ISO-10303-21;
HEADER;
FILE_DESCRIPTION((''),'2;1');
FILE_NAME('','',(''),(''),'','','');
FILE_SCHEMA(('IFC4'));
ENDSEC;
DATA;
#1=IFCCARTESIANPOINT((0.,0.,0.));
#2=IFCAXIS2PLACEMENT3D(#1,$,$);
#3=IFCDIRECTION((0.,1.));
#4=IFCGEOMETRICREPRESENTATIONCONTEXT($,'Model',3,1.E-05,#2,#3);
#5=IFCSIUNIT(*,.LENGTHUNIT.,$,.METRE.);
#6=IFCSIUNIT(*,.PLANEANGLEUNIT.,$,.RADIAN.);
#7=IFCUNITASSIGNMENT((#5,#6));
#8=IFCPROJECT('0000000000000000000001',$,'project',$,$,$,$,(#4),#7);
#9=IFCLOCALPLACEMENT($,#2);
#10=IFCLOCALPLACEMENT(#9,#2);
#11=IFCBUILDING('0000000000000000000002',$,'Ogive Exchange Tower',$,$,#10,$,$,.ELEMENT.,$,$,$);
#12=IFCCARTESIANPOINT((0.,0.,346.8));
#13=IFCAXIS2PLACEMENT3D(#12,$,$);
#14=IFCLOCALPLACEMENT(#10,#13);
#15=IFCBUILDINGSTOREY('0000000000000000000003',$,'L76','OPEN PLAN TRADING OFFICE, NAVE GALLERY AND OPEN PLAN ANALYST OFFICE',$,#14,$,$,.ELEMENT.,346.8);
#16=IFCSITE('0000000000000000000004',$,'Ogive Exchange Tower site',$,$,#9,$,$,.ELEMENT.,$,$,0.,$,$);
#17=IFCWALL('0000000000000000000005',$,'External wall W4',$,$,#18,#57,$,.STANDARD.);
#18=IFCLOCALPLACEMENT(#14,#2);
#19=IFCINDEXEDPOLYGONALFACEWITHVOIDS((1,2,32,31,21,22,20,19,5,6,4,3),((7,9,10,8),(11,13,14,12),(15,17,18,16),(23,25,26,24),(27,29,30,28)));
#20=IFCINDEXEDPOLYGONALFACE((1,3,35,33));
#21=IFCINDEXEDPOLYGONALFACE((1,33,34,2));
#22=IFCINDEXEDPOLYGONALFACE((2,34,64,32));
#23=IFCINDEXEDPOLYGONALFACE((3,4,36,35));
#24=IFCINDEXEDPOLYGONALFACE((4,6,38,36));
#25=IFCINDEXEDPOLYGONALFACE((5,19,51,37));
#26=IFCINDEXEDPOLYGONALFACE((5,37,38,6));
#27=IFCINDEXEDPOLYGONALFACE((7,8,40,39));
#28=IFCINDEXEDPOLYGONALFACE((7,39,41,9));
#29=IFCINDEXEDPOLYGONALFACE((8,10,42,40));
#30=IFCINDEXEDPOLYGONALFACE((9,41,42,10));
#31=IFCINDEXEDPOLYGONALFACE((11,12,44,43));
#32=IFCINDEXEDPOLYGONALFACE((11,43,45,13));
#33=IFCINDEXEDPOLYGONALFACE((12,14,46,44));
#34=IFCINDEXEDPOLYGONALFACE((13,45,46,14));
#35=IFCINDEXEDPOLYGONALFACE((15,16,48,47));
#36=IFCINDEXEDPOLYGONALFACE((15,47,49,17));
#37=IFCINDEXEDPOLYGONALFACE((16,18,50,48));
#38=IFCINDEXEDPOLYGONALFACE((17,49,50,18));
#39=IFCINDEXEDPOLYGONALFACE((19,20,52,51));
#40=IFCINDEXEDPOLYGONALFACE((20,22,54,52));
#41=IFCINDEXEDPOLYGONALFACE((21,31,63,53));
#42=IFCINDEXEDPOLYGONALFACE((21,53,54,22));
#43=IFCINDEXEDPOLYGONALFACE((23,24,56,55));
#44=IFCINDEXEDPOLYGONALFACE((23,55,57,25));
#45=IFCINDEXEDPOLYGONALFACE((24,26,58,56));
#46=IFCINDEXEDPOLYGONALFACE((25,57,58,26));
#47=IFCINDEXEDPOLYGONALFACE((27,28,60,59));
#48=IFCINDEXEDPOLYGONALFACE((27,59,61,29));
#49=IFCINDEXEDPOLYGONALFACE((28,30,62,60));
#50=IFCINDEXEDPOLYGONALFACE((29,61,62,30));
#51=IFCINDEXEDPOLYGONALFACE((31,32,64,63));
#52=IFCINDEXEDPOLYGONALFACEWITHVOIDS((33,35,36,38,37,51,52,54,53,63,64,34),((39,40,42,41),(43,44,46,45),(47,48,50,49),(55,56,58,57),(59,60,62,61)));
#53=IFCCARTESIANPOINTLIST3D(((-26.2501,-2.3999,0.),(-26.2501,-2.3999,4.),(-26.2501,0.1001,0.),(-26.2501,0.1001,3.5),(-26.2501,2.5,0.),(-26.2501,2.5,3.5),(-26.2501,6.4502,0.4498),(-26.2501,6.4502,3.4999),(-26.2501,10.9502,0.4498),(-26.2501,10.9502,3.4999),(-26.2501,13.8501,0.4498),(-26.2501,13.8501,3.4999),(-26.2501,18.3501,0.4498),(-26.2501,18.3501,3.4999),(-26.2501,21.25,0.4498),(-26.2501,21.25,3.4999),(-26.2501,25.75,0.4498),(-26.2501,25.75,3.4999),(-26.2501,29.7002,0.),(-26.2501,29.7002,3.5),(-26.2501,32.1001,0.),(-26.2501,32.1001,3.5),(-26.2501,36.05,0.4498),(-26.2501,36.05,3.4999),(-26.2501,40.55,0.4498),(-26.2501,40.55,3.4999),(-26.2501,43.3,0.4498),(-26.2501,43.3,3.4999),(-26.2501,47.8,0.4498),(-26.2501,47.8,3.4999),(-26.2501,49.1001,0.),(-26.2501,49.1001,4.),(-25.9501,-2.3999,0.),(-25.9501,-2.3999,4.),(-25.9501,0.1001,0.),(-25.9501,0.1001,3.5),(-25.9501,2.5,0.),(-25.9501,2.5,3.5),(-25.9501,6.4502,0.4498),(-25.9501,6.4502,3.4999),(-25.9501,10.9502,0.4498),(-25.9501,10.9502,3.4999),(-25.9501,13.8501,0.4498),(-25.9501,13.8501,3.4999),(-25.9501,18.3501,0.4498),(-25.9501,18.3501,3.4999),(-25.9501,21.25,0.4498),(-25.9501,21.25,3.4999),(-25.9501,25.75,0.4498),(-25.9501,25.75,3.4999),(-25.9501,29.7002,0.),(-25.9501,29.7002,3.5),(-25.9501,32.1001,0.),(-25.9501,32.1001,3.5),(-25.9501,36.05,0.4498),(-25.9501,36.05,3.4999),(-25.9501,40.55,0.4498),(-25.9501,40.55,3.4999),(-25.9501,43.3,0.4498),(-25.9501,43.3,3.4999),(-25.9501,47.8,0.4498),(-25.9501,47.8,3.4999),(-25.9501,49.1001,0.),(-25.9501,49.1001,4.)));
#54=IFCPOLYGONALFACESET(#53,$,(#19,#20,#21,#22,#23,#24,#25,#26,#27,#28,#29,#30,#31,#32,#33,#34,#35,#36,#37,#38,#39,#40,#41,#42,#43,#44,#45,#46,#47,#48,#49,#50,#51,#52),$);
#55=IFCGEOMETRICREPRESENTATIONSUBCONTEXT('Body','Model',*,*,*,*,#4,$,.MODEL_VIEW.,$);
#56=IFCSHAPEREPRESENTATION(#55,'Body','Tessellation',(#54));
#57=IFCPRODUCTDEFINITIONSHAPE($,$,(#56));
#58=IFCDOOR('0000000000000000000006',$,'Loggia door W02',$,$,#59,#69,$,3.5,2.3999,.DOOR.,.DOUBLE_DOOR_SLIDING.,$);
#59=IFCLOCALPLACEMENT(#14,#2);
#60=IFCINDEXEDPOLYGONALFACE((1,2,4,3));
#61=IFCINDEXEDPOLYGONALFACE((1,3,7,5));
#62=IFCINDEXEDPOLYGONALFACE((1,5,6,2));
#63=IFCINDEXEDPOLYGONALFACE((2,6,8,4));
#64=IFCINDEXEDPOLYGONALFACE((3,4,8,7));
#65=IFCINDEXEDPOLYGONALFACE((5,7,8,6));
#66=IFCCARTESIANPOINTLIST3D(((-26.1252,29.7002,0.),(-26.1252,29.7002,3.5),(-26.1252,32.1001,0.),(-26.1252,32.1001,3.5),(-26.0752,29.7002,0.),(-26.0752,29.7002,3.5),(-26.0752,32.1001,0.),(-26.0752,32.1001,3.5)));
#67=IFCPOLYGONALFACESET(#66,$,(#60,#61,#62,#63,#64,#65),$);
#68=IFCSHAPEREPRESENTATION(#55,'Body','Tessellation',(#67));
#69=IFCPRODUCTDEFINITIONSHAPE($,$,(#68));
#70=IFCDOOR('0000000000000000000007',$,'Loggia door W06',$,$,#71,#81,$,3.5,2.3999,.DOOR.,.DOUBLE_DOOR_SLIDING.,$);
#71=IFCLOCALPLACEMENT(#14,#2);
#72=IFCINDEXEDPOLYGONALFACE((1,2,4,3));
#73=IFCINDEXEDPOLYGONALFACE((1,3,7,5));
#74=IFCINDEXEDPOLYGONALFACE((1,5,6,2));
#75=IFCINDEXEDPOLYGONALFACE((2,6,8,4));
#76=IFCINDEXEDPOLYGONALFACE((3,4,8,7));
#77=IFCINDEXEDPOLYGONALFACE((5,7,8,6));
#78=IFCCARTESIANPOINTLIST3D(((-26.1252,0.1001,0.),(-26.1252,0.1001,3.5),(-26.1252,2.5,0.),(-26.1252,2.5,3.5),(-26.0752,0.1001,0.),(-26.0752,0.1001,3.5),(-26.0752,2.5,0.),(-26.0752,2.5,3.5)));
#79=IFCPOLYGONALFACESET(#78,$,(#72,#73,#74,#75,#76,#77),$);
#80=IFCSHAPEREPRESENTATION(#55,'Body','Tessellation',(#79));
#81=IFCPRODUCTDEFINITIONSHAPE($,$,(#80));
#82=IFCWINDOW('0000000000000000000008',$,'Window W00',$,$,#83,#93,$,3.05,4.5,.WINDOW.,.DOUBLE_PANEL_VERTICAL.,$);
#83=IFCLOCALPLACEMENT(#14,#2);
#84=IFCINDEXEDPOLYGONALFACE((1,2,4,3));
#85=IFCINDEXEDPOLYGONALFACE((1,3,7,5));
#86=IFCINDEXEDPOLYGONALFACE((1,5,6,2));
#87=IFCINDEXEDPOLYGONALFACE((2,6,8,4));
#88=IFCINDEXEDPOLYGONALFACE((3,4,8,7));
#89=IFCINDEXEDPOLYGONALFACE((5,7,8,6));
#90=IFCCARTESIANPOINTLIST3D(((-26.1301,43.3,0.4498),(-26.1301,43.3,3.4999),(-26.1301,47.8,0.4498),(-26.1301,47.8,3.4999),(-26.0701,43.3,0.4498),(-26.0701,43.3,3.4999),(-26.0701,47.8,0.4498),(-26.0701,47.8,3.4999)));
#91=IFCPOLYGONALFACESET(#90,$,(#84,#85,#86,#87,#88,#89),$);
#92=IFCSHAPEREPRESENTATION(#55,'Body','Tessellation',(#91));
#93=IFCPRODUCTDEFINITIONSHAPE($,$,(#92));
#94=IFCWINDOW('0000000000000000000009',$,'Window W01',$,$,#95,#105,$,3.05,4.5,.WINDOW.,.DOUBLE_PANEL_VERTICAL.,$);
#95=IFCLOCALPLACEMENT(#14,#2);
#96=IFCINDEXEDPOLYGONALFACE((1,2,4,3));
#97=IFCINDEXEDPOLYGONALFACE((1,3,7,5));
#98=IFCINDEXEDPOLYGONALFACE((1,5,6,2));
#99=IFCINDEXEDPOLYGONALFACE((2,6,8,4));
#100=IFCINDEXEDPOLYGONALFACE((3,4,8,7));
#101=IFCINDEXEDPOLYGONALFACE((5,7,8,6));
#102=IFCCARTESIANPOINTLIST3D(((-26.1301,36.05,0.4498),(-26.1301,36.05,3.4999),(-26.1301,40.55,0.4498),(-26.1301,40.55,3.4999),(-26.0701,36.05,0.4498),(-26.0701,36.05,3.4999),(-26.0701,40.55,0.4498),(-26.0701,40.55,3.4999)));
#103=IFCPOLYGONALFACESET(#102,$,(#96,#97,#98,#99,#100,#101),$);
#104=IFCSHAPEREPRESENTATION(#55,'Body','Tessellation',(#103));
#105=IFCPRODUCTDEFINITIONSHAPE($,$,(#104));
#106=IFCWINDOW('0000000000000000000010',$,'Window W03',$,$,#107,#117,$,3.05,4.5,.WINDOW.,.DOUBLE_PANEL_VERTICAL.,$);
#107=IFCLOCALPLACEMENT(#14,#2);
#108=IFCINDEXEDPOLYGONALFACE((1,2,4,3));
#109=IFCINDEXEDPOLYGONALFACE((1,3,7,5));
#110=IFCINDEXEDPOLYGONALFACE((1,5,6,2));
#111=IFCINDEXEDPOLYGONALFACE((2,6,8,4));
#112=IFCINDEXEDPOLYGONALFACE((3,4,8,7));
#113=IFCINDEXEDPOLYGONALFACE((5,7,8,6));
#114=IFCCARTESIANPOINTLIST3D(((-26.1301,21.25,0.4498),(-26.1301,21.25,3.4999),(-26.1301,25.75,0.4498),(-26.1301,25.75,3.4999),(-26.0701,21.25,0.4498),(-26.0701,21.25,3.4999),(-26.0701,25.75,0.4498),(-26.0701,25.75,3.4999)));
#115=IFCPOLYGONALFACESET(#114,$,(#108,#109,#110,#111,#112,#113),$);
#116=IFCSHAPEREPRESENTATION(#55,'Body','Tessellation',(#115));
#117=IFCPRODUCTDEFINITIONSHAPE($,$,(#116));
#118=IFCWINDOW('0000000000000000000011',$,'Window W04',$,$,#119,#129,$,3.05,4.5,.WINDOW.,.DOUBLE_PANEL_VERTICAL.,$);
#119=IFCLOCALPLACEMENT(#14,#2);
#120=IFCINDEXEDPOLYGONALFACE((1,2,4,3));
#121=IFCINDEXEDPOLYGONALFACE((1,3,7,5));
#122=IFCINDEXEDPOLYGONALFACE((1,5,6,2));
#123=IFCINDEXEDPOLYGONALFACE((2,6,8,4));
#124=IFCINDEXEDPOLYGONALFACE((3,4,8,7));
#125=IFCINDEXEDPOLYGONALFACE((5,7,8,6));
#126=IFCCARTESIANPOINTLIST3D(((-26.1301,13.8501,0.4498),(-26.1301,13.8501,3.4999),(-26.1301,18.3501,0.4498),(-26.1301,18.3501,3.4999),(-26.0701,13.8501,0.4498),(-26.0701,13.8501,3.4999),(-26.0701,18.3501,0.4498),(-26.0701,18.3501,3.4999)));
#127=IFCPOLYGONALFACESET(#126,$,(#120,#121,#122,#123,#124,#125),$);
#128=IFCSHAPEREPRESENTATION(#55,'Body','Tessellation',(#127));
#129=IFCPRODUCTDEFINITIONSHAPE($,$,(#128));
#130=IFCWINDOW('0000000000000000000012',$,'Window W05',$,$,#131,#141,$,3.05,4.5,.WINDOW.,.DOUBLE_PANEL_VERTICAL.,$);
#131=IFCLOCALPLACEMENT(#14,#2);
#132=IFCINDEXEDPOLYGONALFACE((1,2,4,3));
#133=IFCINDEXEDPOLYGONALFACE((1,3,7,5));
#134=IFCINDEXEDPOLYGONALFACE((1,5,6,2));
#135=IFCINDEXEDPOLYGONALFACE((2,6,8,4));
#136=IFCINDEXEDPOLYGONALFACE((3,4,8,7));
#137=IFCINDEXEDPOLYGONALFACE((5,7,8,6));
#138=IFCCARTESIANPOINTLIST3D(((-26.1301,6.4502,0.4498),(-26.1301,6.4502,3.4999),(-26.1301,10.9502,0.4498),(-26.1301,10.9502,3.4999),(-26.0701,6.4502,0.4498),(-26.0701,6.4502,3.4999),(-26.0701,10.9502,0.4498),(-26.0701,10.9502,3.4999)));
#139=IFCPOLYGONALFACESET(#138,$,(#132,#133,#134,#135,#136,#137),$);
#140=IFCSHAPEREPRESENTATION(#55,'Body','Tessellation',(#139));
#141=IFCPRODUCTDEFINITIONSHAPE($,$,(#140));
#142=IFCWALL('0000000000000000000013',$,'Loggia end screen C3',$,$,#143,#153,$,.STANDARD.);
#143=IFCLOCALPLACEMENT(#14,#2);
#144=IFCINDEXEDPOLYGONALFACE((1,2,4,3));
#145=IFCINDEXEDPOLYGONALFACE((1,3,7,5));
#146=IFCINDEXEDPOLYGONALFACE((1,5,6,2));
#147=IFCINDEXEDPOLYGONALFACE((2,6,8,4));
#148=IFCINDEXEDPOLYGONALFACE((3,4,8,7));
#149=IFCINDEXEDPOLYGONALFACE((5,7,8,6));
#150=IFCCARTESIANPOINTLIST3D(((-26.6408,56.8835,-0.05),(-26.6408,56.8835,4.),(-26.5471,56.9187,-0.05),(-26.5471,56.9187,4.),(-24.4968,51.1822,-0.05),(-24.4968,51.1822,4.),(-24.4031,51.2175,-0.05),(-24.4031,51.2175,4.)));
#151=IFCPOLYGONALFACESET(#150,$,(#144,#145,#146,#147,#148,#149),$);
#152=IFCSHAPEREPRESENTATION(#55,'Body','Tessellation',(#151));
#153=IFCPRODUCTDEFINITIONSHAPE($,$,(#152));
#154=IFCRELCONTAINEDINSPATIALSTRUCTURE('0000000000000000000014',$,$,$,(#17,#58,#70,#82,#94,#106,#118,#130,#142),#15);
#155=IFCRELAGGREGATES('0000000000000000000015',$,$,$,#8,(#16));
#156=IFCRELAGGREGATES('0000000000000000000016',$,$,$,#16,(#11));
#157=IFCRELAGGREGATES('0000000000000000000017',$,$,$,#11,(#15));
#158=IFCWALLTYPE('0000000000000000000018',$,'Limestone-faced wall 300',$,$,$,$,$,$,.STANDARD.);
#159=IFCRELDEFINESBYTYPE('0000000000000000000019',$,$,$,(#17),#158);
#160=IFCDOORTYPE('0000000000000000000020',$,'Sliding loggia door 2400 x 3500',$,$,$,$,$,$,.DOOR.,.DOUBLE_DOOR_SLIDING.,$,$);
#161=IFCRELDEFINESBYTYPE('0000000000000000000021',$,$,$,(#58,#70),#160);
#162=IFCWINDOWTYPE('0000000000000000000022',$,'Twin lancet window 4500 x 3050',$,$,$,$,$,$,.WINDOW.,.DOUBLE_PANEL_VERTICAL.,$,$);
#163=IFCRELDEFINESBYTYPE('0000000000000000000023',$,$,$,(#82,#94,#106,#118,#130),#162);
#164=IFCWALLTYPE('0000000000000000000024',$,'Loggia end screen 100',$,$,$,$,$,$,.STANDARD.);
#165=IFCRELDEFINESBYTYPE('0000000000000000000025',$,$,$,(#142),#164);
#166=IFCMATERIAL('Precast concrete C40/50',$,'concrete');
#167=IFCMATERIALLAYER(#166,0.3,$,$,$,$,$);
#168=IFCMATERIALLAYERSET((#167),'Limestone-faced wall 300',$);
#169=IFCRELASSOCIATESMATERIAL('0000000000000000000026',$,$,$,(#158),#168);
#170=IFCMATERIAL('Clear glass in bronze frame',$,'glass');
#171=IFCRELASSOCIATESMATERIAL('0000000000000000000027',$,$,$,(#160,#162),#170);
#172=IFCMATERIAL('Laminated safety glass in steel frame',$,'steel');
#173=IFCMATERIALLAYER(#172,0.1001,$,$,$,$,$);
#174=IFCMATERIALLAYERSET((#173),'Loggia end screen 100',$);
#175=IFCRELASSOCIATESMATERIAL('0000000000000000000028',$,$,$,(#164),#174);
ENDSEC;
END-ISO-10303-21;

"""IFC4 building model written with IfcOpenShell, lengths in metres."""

from ifc_helpers import new_model, si_unit, direction, frame, frame_2d, origin, place, context, subcontext, project, spatial, rectangle, extrude, material, layer, layer_set, type_object, element, fill, save


model = new_model("IFC4")

# Units and contexts
model_context = context("Model", 3, precision=1e-05, world=origin(), true_north=direction((0.0, 1.0)))
body_context = subcontext(model_context, "Body", "Model", "MODEL_VIEW")
ifc_project = project(units=[si_unit("LENGTHUNIT", "METRE"), si_unit("PLANEANGLEUNIT", "RADIAN")], contexts=[model_context])

# Site, building, storey
site_placement = place(None, origin())
site = spatial("IfcSite", under=ifc_project, at=site_placement, Name="Ogive Exchange Tower site", CompositionType="ELEMENT", RefElevation=0.0)
building_placement = place(site_placement, origin())
building = spatial("IfcBuilding", under=site, at=building_placement, Name="Ogive Exchange Tower", CompositionType="ELEMENT")
storey_placement = place(building_placement, frame((0.0, 0.0, 346.8)))
storey = spatial("IfcBuildingStorey", under=building, at=storey_placement, Name="L76", Description="OPEN PLAN TRADING OFFICE, NAVE GALLERY AND OPEN PLAN ANALYST OFFICE", CompositionType="ELEMENT", Elevation=346.8)

# Wall, openings, doors, windows
ifc_material_1 = material(Name="Precast concrete C40/50", Category="concrete")
ifc_layer_1 = layer(ifc_material_1, 0.3)
ifc_layer_set_1 = layer_set([ifc_layer_1], Name="Limestone-faced wall 300")
wall_type_1 = type_object("IfcWallType", Name="Limestone-faced wall 300", PredefinedType="STANDARD", material=ifc_layer_set_1)
wall_1_placement = place(storey_placement, frame((-26.1001, 49.1001, 0.0), z_axis=(0.0, 0.0, 1.0), x_axis=(0.0, -1.0, 0.0)))
wall_1 = element("IfcWall", 1, at=wall_1_placement, inside=storey, type_object=wall_type_1, Name="External wall W4", PredefinedType="STANDARD", context=body_context, shape_type="SweptSolid", body=[
    extrude(rectangle(XDim=51.5, YDim=0.3, at=frame_2d((25.75, 0.0))), origin(), (0.0, 0.0, 1.0), 4.0),
])
opening_1_placement = place(wall_1_placement, frame((1.3, 0.0, 0.45)))
opening_1 = element("IfcOpeningElement", 2, at=opening_1_placement, cuts=wall_1, PredefinedType="OPENING", context=body_context, shape_type="SweptSolid", body=[
    extrude(rectangle(XDim=4.5, YDim=3.05, at=frame_2d((2.25, 1.5249))), frame((0.0, 0.1599, 0.0), z_axis=(0.0, -1.0, 0.0), x_axis=(1.0, 0.0, 0.0)), (0.0, 0.0, 1.0), 0.3201),
])
opening_2_placement = place(wall_1_placement, frame((8.55, 0.0, 0.45)))
opening_2 = element("IfcOpeningElement", 3, at=opening_2_placement, cuts=wall_1, PredefinedType="OPENING", context=body_context, shape_type="SweptSolid", body=[
    extrude(rectangle(XDim=4.5, YDim=3.05, at=frame_2d((2.25, 1.5249))), frame((0.0, 0.1599, 0.0), z_axis=(0.0, -1.0, 0.0), x_axis=(1.0, 0.0, 0.0)), (0.0, 0.0, 1.0), 0.3201),
])
opening_3_placement = place(wall_1_placement, frame((17.0, 0.0, 0.0)))
opening_3 = element("IfcOpeningElement", 4, at=opening_3_placement, cuts=wall_1, PredefinedType="OPENING", context=body_context, shape_type="SweptSolid", body=[
    extrude(rectangle(XDim=2.3999, YDim=3.5, at=frame_2d((1.2, 1.75))), frame((0.0, 0.1599, 0.0), z_axis=(0.0, -1.0, 0.0), x_axis=(1.0, 0.0, 0.0)), (0.0, 0.0, 1.0), 0.3201),
])
opening_4_placement = place(wall_1_placement, frame((23.3501, 0.0, 0.45)))
opening_4 = element("IfcOpeningElement", 5, at=opening_4_placement, cuts=wall_1, PredefinedType="OPENING", context=body_context, shape_type="SweptSolid", body=[
    extrude(rectangle(XDim=4.5, YDim=3.05, at=frame_2d((2.25, 1.5249))), frame((0.0, 0.1599, 0.0), z_axis=(0.0, -1.0, 0.0), x_axis=(1.0, 0.0, 0.0)), (0.0, 0.0, 1.0), 0.3201),
])
opening_5_placement = place(wall_1_placement, frame((30.75, 0.0, 0.45)))
opening_5 = element("IfcOpeningElement", 6, at=opening_5_placement, cuts=wall_1, PredefinedType="OPENING", context=body_context, shape_type="SweptSolid", body=[
    extrude(rectangle(XDim=4.5, YDim=3.05, at=frame_2d((2.25, 1.5249))), frame((0.0, 0.1599, 0.0), z_axis=(0.0, -1.0, 0.0), x_axis=(1.0, 0.0, 0.0)), (0.0, 0.0, 1.0), 0.3201),
])
opening_6_placement = place(wall_1_placement, frame((38.1499, 0.0, 0.45)))
opening_6 = element("IfcOpeningElement", 7, at=opening_6_placement, cuts=wall_1, PredefinedType="OPENING", context=body_context, shape_type="SweptSolid", body=[
    extrude(rectangle(XDim=4.5, YDim=3.05, at=frame_2d((2.25, 1.5249))), frame((0.0, 0.1599, 0.0), z_axis=(0.0, -1.0, 0.0), x_axis=(1.0, 0.0, 0.0)), (0.0, 0.0, 1.0), 0.3201),
])
opening_7_placement = place(wall_1_placement, frame((46.6001, 0.0, 0.0)))
opening_7 = element("IfcOpeningElement", 8, at=opening_7_placement, cuts=wall_1, PredefinedType="OPENING", context=body_context, shape_type="SweptSolid", body=[
    extrude(rectangle(XDim=2.3999, YDim=3.5, at=frame_2d((1.2, 1.75))), frame((0.0, 0.1599, 0.0), z_axis=(0.0, -1.0, 0.0), x_axis=(1.0, 0.0, 0.0)), (0.0, 0.0, 1.0), 0.3201),
])
ifc_material_2 = material(Name="Clear glass in bronze frame", Category="glass")
door_type_1 = type_object("IfcDoorType", Name="Sliding loggia door 2400 x 3500", OperationType="DOUBLE_DOOR_SLIDING", PredefinedType="DOOR", material=ifc_material_2)
door_1_placement = place(opening_3_placement, origin())
door_1 = element("IfcDoor", 9, at=door_1_placement, inside=storey, type_object=door_type_1, Name="Loggia door W02", OperationType="DOUBLE_DOOR_SLIDING", OverallHeight=3.5, OverallWidth=2.3999, PredefinedType="DOOR", context=body_context, shape_type="SweptSolid", body=[
    extrude(rectangle(XDim=2.3999, YDim=3.5, at=frame_2d((1.2, 1.75))), frame((0.0, 0.0249, 0.0), z_axis=(0.0, -1.0, 0.0), x_axis=(1.0, 0.0, 0.0)), (0.0, 0.0, 1.0), 0.05),
])
fill(opening_3, door_1)
door_2_placement = place(opening_7_placement, origin())
door_2 = element("IfcDoor", 10, at=door_2_placement, inside=storey, type_object=door_type_1, Name="Loggia door W06", OperationType="DOUBLE_DOOR_SLIDING", OverallHeight=3.5, OverallWidth=2.3999, PredefinedType="DOOR", context=body_context, shape_type="SweptSolid", body=[
    extrude(rectangle(XDim=2.3999, YDim=3.5, at=frame_2d((1.2, 1.75))), frame((0.0, 0.0249, 0.0), z_axis=(0.0, -1.0, 0.0), x_axis=(1.0, 0.0, 0.0)), (0.0, 0.0, 1.0), 0.05),
])
fill(opening_7, door_2)
window_type = type_object("IfcWindowType", Name="Twin lancet window 4500 x 3050", PartitioningType="DOUBLE_PANEL_VERTICAL", PredefinedType="WINDOW", material=ifc_material_2)
window_1_placement = place(opening_1_placement, origin())
window_1 = element("IfcWindow", 11, at=window_1_placement, inside=storey, type_object=window_type, Name="Window W00", OverallHeight=3.05, OverallWidth=4.5, PartitioningType="DOUBLE_PANEL_VERTICAL", PredefinedType="WINDOW", context=body_context, shape_type="SweptSolid", body=[
    extrude(rectangle(XDim=4.5, YDim=3.05, at=frame_2d((2.25, 1.5249))), frame((0.0, 0.03, 0.0), z_axis=(0.0, -1.0, 0.0), x_axis=(1.0, 0.0, 0.0)), (0.0, 0.0, 1.0), 0.0601),
])
fill(opening_1, window_1)
window_2_placement = place(opening_2_placement, origin())
window_2 = element("IfcWindow", 12, at=window_2_placement, inside=storey, type_object=window_type, Name="Window W01", OverallHeight=3.05, OverallWidth=4.5, PartitioningType="DOUBLE_PANEL_VERTICAL", PredefinedType="WINDOW", context=body_context, shape_type="SweptSolid", body=[
    extrude(rectangle(XDim=4.5, YDim=3.05, at=frame_2d((2.25, 1.5249))), frame((0.0, 0.03, 0.0), z_axis=(0.0, -1.0, 0.0), x_axis=(1.0, 0.0, 0.0)), (0.0, 0.0, 1.0), 0.0601),
])
fill(opening_2, window_2)
window_3_placement = place(opening_4_placement, origin())
window_3 = element("IfcWindow", 13, at=window_3_placement, inside=storey, type_object=window_type, Name="Window W03", OverallHeight=3.05, OverallWidth=4.5, PartitioningType="DOUBLE_PANEL_VERTICAL", PredefinedType="WINDOW", context=body_context, shape_type="SweptSolid", body=[
    extrude(rectangle(XDim=4.5, YDim=3.05, at=frame_2d((2.25, 1.5249))), frame((0.0, 0.03, 0.0), z_axis=(0.0, -1.0, 0.0), x_axis=(1.0, 0.0, 0.0)), (0.0, 0.0, 1.0), 0.0601),
])
fill(opening_4, window_3)
window_4_placement = place(opening_5_placement, origin())
window_4 = element("IfcWindow", 14, at=window_4_placement, inside=storey, type_object=window_type, Name="Window W04", OverallHeight=3.05, OverallWidth=4.5, PartitioningType="DOUBLE_PANEL_VERTICAL", PredefinedType="WINDOW", context=body_context, shape_type="SweptSolid", body=[
    extrude(rectangle(XDim=4.5, YDim=3.05, at=frame_2d((2.25, 1.5249))), frame((0.0, 0.03, 0.0), z_axis=(0.0, -1.0, 0.0), x_axis=(1.0, 0.0, 0.0)), (0.0, 0.0, 1.0), 0.0601),
])
fill(opening_5, window_4)
window_5_placement = place(opening_6_placement, origin())
window_5 = element("IfcWindow", 15, at=window_5_placement, inside=storey, type_object=window_type, Name="Window W05", OverallHeight=3.05, OverallWidth=4.5, PartitioningType="DOUBLE_PANEL_VERTICAL", PredefinedType="WINDOW", context=body_context, shape_type="SweptSolid", body=[
    extrude(rectangle(XDim=4.5, YDim=3.05, at=frame_2d((2.25, 1.5249))), frame((0.0, 0.03, 0.0), z_axis=(0.0, -1.0, 0.0), x_axis=(1.0, 0.0, 0.0)), (0.0, 0.0, 1.0), 0.0601),
])
fill(opening_6, window_5)

# Wall
ifc_material_3 = material(Name="Laminated safety glass in steel frame", Category="steel")
ifc_layer_2 = layer(ifc_material_3, 0.1001)
ifc_layer_set_2 = layer_set([ifc_layer_2], Name="Loggia end screen 100")
wall_type_2 = type_object("IfcWallType", Name="Loggia end screen 100", PredefinedType="STANDARD", material=ifc_layer_set_2)
wall_2_placement = place(storey_placement, frame((-24.45, 51.2, -0.05), z_axis=(0.0, 0.0, 1.0), x_axis=(-0.352002, 0.935999, 0.0)))
element("IfcWall", 16, at=wall_2_placement, inside=storey, type_object=wall_type_2, Name="Loggia end screen C3", PredefinedType="STANDARD", context=body_context, shape_type="SweptSolid", body=[
    extrude(rectangle(XDim=6.0911, YDim=0.1001, at=frame_2d((3.0454, 0.0))), origin(), (0.0, 0.0, 1.0), 4.05),
])

save(model, "model.ifc")
